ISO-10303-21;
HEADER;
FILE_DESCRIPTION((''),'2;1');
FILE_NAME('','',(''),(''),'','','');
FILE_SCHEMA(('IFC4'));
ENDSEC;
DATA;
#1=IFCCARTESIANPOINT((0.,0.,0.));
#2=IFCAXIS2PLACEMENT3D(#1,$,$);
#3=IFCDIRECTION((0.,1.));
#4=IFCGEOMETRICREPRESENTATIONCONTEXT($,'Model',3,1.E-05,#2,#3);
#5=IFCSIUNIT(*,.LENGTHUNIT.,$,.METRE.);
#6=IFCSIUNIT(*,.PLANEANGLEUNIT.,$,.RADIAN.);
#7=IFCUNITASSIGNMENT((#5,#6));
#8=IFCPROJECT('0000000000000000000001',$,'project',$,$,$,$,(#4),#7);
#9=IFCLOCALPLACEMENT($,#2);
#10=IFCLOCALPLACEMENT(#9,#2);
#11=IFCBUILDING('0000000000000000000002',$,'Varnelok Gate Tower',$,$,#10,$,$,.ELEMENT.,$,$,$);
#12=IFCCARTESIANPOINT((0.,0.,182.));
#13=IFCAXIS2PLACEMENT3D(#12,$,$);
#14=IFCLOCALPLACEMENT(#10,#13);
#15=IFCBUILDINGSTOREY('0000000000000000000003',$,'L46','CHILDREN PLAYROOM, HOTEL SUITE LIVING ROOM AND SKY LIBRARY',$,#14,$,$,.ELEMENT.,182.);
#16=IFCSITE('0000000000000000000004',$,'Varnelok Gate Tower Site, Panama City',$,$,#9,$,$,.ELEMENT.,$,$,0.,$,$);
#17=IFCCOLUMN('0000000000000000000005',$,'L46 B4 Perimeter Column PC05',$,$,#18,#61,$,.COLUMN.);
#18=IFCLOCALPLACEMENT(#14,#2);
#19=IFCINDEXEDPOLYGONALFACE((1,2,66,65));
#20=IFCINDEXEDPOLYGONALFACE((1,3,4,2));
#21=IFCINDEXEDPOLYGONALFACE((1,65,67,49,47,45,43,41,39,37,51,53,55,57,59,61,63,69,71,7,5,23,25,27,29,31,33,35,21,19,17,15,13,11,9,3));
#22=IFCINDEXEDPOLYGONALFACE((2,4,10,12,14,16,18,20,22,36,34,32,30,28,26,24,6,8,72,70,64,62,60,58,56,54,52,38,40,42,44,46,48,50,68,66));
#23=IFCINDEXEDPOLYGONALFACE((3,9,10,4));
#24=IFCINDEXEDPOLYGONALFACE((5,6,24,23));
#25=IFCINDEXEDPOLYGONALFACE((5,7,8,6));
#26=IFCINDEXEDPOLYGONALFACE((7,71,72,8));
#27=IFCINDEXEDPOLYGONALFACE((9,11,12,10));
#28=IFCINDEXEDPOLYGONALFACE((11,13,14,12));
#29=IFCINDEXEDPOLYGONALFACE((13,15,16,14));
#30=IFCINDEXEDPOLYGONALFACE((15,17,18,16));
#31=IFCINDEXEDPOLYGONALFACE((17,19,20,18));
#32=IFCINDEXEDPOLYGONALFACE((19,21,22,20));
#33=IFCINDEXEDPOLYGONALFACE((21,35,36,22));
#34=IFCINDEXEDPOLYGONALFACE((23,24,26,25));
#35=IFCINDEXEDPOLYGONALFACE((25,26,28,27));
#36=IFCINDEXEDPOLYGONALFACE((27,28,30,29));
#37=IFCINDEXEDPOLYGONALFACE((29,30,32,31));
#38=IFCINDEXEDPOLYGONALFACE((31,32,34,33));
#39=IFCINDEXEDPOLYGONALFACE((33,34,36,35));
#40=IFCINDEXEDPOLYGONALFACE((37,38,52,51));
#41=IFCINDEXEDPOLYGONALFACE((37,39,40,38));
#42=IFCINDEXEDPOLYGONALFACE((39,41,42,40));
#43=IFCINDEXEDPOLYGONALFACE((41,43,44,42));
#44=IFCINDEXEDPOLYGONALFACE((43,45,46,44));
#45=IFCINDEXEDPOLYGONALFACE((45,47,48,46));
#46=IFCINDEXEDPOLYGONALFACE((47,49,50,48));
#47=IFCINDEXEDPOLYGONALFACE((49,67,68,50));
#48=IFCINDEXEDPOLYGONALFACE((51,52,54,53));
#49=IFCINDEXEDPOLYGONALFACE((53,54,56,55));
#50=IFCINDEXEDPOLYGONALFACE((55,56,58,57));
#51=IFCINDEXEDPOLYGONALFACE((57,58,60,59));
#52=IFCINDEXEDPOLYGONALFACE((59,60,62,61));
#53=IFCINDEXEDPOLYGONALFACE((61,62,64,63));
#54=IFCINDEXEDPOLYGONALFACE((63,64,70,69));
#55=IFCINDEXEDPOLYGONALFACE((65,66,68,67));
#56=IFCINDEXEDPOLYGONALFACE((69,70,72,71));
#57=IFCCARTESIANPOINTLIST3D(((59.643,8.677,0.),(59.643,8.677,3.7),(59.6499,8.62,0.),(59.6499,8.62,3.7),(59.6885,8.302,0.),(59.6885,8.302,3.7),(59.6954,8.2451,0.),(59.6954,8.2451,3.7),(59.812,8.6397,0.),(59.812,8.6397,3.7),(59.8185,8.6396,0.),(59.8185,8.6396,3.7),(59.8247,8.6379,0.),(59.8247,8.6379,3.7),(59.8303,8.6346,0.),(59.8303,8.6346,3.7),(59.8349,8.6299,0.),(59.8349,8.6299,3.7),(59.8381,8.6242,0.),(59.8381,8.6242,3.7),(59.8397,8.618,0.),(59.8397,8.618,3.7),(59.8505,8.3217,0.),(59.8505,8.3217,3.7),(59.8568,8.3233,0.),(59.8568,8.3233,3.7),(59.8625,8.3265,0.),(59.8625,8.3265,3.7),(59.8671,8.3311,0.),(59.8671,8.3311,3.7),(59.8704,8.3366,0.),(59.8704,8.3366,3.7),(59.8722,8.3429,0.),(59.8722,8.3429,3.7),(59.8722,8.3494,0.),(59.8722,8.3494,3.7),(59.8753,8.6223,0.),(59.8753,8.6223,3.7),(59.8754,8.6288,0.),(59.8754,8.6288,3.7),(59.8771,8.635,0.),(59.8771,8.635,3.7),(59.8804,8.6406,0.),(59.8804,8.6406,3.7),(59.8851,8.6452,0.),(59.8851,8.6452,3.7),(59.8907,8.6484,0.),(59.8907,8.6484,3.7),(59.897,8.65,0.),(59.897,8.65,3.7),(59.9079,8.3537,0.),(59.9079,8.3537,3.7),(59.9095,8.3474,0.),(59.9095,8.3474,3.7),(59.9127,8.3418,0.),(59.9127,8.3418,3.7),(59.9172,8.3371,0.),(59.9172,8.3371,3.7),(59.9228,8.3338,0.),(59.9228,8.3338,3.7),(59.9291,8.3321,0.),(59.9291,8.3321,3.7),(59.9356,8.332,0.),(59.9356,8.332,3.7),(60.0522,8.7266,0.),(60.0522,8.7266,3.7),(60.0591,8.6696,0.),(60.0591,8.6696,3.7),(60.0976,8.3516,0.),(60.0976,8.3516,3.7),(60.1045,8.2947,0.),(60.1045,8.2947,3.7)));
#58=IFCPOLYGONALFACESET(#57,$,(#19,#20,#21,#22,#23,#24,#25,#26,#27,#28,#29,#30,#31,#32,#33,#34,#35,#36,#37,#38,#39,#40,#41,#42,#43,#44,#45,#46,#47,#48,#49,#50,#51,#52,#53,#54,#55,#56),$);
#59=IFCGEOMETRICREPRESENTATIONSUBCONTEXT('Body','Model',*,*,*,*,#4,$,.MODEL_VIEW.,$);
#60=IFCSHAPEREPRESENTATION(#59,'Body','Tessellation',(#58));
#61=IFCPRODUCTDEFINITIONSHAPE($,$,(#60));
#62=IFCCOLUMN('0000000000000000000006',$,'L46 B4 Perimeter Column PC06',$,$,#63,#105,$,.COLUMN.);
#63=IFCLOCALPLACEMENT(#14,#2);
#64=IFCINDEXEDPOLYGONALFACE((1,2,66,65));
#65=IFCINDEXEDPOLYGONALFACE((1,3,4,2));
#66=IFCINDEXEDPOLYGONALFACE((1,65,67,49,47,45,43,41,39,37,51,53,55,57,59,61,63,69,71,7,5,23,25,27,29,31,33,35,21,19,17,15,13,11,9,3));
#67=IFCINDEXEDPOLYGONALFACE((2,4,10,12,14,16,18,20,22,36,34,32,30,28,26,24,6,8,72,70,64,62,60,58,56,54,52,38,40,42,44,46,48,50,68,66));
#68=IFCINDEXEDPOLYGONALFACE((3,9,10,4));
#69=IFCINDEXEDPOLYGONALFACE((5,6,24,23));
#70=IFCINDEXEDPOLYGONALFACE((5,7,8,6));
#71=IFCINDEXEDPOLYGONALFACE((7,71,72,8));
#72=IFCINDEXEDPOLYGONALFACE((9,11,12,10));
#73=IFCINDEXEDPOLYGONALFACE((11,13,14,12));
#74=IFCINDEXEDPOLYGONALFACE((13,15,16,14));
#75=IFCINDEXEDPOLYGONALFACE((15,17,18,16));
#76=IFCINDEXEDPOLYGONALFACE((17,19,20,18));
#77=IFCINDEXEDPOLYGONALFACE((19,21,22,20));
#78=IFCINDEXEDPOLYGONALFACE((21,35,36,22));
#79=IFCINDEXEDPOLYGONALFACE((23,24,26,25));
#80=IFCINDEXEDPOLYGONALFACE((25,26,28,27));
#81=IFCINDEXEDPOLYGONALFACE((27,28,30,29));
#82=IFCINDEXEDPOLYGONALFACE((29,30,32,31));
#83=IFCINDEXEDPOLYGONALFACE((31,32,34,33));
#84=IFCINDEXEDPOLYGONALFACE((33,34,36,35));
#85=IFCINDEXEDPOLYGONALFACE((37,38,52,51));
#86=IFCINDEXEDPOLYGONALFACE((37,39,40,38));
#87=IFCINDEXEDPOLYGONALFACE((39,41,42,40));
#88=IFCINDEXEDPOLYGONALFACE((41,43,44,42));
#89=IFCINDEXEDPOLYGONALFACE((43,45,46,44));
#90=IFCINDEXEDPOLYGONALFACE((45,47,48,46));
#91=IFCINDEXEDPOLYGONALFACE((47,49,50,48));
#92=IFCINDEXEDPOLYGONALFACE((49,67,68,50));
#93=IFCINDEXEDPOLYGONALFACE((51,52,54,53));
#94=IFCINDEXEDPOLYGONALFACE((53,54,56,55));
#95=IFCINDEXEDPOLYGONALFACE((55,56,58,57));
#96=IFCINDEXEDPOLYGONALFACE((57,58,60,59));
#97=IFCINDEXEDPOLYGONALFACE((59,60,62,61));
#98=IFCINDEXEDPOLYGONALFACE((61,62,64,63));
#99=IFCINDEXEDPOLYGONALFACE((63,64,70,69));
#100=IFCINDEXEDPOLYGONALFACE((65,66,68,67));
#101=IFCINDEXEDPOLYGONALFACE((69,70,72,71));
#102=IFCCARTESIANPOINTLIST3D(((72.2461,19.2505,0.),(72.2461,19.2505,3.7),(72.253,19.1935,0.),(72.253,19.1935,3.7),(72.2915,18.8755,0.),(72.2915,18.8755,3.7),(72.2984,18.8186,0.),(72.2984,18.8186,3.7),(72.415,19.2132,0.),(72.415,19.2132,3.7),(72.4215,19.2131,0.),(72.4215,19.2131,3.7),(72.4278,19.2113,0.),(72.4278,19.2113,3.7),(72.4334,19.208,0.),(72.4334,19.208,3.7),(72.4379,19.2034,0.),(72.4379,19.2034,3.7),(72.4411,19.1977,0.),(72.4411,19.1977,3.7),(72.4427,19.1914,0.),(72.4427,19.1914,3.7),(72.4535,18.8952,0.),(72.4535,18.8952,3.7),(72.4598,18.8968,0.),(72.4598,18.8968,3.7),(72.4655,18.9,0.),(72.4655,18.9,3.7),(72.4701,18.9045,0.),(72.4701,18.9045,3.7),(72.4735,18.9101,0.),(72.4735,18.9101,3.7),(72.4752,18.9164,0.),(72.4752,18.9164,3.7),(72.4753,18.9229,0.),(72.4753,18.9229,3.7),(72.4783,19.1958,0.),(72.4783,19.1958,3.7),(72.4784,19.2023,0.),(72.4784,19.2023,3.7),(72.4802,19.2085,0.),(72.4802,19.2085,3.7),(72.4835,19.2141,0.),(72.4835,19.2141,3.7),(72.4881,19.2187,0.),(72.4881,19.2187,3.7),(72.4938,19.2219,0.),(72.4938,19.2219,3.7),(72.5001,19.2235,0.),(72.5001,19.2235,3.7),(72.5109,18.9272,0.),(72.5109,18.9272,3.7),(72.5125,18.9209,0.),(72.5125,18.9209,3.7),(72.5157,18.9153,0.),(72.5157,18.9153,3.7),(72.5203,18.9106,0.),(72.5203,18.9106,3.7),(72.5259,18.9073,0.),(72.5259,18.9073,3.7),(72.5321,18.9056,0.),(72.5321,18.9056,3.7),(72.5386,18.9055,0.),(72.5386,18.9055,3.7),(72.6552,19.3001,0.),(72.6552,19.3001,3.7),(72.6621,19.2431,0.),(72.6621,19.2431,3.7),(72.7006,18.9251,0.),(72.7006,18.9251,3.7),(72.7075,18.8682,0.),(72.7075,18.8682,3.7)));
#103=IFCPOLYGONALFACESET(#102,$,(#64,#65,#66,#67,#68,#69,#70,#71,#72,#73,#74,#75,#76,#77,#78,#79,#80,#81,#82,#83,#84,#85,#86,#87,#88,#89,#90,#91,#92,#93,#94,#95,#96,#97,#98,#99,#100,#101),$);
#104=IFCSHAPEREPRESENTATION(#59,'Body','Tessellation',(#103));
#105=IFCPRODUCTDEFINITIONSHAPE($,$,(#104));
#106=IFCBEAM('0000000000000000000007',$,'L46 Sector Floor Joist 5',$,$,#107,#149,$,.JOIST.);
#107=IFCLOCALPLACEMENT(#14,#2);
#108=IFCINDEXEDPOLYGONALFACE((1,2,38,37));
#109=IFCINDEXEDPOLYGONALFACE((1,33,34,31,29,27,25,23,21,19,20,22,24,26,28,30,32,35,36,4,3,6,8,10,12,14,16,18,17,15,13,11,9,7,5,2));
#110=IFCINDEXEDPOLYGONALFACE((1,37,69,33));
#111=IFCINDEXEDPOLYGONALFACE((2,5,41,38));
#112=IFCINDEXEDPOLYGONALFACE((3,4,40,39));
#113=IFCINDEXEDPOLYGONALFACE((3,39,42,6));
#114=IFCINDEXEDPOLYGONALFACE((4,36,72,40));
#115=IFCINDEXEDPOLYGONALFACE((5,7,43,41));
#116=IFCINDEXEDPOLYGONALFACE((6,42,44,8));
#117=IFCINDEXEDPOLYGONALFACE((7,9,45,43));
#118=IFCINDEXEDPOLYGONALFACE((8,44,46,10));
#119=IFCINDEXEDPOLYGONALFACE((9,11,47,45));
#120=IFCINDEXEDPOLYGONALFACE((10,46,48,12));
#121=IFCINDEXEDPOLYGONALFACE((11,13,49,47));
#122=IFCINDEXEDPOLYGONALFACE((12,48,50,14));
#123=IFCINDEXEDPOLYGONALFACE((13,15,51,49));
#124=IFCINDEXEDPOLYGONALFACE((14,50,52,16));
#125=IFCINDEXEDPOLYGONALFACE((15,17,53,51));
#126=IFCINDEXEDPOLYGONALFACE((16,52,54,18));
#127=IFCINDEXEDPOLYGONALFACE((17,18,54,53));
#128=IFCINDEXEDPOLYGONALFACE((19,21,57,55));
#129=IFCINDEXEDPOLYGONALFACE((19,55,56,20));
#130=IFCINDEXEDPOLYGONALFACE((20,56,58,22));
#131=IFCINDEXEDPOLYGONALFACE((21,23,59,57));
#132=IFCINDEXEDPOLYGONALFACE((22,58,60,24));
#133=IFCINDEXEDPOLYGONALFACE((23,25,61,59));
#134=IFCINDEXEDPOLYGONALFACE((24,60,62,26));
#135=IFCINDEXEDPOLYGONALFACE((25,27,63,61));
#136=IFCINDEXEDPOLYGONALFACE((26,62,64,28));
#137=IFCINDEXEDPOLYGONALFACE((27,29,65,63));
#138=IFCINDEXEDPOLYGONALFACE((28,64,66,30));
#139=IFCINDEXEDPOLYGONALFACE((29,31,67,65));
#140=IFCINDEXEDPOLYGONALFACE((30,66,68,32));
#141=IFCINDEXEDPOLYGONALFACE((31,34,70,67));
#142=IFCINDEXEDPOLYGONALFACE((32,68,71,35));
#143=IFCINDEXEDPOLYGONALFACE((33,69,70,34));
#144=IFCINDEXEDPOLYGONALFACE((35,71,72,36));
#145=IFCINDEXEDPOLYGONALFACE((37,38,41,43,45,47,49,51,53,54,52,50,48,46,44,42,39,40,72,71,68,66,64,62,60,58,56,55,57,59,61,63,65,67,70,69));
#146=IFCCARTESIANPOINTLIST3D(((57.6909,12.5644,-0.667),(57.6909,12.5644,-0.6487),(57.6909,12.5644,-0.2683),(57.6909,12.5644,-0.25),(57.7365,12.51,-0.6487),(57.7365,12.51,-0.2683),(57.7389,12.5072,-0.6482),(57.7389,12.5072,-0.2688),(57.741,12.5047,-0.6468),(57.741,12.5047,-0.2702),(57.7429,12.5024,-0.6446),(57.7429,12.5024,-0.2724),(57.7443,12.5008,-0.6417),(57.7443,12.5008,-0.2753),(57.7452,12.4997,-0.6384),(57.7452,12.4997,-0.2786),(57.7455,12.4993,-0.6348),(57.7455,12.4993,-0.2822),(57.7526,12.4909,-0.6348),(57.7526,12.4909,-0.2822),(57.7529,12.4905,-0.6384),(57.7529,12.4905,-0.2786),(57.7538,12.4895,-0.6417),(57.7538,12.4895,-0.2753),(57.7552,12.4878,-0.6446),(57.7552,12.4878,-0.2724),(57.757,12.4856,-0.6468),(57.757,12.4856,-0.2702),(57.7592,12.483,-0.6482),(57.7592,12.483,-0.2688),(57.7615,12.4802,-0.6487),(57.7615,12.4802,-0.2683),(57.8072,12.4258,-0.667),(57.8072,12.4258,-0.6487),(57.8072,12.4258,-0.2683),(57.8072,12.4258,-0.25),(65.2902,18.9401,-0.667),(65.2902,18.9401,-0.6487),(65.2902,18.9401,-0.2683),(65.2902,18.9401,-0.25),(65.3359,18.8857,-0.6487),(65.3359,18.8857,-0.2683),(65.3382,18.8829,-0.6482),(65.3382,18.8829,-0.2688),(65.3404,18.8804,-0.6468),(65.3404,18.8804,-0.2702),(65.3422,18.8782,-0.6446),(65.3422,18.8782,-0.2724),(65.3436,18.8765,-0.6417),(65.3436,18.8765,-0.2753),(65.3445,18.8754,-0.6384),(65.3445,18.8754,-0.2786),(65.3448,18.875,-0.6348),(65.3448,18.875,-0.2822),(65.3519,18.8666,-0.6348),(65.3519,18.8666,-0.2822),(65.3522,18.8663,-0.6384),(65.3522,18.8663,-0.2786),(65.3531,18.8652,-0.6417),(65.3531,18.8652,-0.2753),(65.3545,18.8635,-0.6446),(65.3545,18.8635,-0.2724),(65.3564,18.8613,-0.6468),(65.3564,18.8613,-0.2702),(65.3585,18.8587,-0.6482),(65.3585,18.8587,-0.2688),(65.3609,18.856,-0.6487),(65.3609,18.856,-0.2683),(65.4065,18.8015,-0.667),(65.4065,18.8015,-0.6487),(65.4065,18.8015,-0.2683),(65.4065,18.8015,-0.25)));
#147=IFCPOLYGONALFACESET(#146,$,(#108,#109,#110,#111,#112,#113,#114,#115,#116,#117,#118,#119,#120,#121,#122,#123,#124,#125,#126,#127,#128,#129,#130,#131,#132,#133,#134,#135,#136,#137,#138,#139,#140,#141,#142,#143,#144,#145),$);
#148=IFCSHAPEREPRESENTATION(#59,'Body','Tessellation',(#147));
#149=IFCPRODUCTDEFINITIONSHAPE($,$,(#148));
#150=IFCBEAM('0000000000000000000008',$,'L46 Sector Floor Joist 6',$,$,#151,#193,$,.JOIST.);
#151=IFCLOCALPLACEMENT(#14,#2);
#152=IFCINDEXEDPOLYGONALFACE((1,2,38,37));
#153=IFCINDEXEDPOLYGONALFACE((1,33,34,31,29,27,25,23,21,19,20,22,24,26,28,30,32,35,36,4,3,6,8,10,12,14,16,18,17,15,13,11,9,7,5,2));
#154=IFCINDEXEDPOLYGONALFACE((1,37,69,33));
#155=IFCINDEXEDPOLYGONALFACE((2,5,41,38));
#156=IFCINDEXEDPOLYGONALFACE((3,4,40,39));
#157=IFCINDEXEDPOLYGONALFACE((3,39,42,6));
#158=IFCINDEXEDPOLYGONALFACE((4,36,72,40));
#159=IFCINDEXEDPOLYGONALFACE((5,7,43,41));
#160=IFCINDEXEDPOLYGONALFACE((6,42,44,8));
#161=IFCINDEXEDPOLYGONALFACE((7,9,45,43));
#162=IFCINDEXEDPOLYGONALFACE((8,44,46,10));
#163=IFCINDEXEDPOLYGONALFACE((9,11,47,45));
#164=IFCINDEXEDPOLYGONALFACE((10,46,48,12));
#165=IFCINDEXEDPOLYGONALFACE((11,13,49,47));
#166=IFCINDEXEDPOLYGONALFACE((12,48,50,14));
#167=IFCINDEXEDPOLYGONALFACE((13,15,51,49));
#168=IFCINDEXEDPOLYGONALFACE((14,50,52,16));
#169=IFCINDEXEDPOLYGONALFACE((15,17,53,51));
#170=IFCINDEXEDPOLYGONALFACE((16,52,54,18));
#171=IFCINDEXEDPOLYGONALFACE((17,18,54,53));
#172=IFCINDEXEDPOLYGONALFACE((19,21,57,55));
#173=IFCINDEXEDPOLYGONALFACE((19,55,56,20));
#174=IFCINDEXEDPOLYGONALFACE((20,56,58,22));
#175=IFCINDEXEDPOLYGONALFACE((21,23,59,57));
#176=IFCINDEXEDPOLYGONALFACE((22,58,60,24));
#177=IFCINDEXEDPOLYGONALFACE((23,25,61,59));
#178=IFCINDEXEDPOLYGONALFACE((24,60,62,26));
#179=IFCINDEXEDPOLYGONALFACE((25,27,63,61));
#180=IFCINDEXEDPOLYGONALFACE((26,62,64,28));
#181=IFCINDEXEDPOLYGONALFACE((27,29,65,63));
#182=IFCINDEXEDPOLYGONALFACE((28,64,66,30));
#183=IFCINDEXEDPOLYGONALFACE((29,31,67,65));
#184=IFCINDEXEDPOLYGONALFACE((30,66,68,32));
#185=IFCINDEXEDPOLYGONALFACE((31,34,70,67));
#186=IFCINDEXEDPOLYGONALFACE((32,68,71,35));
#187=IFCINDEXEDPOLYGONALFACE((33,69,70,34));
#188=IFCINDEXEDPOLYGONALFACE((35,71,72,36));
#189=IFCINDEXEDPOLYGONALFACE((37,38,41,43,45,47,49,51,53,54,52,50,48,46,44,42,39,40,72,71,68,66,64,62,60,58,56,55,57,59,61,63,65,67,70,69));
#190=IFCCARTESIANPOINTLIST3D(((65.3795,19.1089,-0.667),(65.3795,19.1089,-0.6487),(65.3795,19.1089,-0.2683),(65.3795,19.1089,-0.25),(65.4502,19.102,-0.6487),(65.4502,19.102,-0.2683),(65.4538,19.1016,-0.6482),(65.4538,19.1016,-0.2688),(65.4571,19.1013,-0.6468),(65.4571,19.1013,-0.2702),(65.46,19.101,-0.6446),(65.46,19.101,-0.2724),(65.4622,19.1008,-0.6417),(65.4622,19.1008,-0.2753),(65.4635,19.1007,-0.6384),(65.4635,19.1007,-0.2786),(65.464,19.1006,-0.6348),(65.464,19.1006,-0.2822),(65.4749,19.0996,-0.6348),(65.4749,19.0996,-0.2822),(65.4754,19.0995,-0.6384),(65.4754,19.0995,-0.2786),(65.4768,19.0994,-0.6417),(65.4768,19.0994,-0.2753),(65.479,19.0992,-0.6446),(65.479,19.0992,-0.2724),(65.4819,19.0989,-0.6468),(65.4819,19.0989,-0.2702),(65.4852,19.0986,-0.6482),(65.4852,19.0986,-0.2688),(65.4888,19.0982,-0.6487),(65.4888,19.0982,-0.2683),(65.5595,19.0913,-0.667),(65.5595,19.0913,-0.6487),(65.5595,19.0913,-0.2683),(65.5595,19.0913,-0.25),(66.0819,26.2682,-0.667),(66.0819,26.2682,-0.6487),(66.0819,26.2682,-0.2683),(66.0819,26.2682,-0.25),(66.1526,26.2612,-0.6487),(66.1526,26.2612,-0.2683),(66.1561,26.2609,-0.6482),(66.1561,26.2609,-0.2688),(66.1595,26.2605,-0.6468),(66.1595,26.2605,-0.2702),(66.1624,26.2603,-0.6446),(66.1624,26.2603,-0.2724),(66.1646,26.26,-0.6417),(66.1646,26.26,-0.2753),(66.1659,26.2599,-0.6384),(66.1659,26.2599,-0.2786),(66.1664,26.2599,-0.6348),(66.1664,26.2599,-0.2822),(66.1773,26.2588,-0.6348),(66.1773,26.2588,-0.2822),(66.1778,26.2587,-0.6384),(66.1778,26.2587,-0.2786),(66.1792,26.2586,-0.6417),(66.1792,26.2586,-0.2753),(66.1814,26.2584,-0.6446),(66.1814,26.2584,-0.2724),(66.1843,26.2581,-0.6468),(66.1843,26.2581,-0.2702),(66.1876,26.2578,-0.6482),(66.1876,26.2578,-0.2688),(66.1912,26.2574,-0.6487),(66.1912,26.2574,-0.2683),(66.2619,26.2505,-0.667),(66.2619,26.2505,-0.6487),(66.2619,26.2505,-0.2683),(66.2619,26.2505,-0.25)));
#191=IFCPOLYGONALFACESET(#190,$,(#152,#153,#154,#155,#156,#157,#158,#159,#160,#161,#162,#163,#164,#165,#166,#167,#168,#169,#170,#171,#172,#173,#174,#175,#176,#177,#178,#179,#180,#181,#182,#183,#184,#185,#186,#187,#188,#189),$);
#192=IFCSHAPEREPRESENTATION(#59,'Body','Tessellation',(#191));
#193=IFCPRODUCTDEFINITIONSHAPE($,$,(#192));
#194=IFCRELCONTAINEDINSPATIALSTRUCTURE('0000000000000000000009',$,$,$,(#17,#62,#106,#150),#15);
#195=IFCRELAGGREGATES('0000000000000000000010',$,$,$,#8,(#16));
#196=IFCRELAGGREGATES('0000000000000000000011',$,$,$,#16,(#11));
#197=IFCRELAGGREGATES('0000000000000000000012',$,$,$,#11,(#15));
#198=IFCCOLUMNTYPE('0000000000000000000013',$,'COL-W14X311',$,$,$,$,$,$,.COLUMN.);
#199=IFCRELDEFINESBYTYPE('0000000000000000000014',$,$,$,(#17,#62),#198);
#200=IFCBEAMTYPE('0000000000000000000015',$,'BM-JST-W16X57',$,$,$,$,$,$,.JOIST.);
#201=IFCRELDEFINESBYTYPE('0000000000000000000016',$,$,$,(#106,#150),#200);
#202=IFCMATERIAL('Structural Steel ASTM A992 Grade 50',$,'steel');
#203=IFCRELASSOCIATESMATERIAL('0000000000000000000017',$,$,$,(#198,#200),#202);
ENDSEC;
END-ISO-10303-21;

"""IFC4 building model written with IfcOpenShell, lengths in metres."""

from ifc_helpers import new_model, si_unit, direction, frame, origin, origin_2d, place, context, subcontext, project, spatial, i_section, extrude, material, material_profile, profile_set, type_object, element, save


model = new_model("IFC4")

# Units and contexts
model_context = context("Model", 3, precision=1e-05, world=origin(), true_north=direction((0.0, 1.0)))
body_context = subcontext(model_context, "Body", "Model", "MODEL_VIEW")
ifc_project = project(units=[si_unit("LENGTHUNIT", "METRE"), si_unit("PLANEANGLEUNIT", "RADIAN")], contexts=[model_context])

# Site, building, storey
site_placement = place(None, origin())
site = spatial("IfcSite", under=ifc_project, at=site_placement, Name="Varnelok Gate Tower Site, Panama City", CompositionType="ELEMENT", RefElevation=0.0)
building_placement = place(site_placement, origin())
building = spatial("IfcBuilding", under=site, at=building_placement, Name="Varnelok Gate Tower", CompositionType="ELEMENT")
storey_placement = place(building_placement, frame((0.0, 0.0, 182.0)))
storey = spatial("IfcBuildingStorey", under=building, at=storey_placement, Name="L46", Description="CHILDREN PLAYROOM, HOTEL SUITE LIVING ROOM AND SKY LIBRARY", CompositionType="ELEMENT", Elevation=182.0)

# Columns
ifc_material_1 = material(Name="Structural Steel ASTM A992 Grade 50", Category="steel")
ifc_material_profile_1 = material_profile(ifc_material_1, i_section(OverallWidth=0.4121, OverallDepth=0.4351, WebThickness=0.0359, FlangeThickness=0.0574, FilletRadius=0.0249, at=origin_2d()), Name="W14X311")
ifc_profile_set_1 = profile_set([ifc_material_profile_1], Name="Structural Steel ASTM A992 Grade 50")
column_type = type_object("IfcColumnType", Name="COL-W14X311", PredefinedType="COLUMN", material=ifc_profile_set_1)
for number, where, z_axis, x_axis, name in (
    (1, (59.8738, 8.4858, 0.0), (0.0, 0.0, 1.0), (0.992732, 0.120345, 0.0), "L46 B4 Perimeter Column PC05"),
    (2, (72.4768, 19.0593, 0.0), (0.0, 0.0, 1.0), (0.992732, 0.120345, 0.0), "L46 B4 Perimeter Column PC06"),
):
    element("IfcColumn", number, at=place(storey_placement, frame(where, z_axis=z_axis, x_axis=x_axis)), inside=storey, type_object=column_type, Name=name, PredefinedType="COLUMN", context=body_context, shape_type="SweptSolid", body=[
        extrude(i_section(OverallWidth=0.4121, OverallDepth=0.4351, WebThickness=0.0359, FlangeThickness=0.0574, FilletRadius=0.0249, at=origin_2d()), origin(), (0.0, 0.0, 1.0), 3.7),
    ])

# Beams
ifc_material_profile_2 = material_profile(ifc_material_1, i_section(OverallWidth=0.1809, OverallDepth=0.417, WebThickness=0.011, FlangeThickness=0.0183, FilletRadius=0.0139, at=origin_2d()), Name="W16X57")
ifc_profile_set_2 = profile_set([ifc_material_profile_2], Name="Structural Steel ASTM A992 Grade 50")
beam_type_1 = type_object("IfcBeamType", Name="BM-JST-W16X57", PredefinedType="JOIST", material=ifc_profile_set_2)
beam_1_placement = place(storey_placement, frame((57.749, 12.4951, -0.4585), z_axis=(0.766089, 0.642735, 0.0), x_axis=(-0.642735, 0.766089, 0.0)))
element("IfcBeam", 3, at=beam_1_placement, inside=storey, type_object=beam_type_1, Name="L46 Sector Floor Joist 5", PredefinedType="JOIST", context=body_context, shape_type="SweptSolid", body=[
    extrude(i_section(OverallWidth=0.1809, OverallDepth=0.417, WebThickness=0.011, FlangeThickness=0.0183, FilletRadius=0.0139, at=origin_2d()), origin(), (0.0, 0.0, 1.0), 9.9197),
])
beam_2_placement = place(storey_placement, frame((65.4695, 19.1001, -0.4585), z_axis=(0.097642, 0.995222, 0.0), x_axis=(-0.995222, 0.097642, 0.0)))
element("IfcBeam", 4, at=beam_2_placement, inside=storey, type_object=beam_type_1, Name="L46 Sector Floor Joist 6", PredefinedType="JOIST", context=body_context, shape_type="SweptSolid", body=[
    extrude(i_section(OverallWidth=0.1809, OverallDepth=0.417, WebThickness=0.011, FlangeThickness=0.0183, FilletRadius=0.0139, at=origin_2d()), origin(), (0.0, 0.0, 1.0), 7.1936),
])

save(model, "model.ifc")
